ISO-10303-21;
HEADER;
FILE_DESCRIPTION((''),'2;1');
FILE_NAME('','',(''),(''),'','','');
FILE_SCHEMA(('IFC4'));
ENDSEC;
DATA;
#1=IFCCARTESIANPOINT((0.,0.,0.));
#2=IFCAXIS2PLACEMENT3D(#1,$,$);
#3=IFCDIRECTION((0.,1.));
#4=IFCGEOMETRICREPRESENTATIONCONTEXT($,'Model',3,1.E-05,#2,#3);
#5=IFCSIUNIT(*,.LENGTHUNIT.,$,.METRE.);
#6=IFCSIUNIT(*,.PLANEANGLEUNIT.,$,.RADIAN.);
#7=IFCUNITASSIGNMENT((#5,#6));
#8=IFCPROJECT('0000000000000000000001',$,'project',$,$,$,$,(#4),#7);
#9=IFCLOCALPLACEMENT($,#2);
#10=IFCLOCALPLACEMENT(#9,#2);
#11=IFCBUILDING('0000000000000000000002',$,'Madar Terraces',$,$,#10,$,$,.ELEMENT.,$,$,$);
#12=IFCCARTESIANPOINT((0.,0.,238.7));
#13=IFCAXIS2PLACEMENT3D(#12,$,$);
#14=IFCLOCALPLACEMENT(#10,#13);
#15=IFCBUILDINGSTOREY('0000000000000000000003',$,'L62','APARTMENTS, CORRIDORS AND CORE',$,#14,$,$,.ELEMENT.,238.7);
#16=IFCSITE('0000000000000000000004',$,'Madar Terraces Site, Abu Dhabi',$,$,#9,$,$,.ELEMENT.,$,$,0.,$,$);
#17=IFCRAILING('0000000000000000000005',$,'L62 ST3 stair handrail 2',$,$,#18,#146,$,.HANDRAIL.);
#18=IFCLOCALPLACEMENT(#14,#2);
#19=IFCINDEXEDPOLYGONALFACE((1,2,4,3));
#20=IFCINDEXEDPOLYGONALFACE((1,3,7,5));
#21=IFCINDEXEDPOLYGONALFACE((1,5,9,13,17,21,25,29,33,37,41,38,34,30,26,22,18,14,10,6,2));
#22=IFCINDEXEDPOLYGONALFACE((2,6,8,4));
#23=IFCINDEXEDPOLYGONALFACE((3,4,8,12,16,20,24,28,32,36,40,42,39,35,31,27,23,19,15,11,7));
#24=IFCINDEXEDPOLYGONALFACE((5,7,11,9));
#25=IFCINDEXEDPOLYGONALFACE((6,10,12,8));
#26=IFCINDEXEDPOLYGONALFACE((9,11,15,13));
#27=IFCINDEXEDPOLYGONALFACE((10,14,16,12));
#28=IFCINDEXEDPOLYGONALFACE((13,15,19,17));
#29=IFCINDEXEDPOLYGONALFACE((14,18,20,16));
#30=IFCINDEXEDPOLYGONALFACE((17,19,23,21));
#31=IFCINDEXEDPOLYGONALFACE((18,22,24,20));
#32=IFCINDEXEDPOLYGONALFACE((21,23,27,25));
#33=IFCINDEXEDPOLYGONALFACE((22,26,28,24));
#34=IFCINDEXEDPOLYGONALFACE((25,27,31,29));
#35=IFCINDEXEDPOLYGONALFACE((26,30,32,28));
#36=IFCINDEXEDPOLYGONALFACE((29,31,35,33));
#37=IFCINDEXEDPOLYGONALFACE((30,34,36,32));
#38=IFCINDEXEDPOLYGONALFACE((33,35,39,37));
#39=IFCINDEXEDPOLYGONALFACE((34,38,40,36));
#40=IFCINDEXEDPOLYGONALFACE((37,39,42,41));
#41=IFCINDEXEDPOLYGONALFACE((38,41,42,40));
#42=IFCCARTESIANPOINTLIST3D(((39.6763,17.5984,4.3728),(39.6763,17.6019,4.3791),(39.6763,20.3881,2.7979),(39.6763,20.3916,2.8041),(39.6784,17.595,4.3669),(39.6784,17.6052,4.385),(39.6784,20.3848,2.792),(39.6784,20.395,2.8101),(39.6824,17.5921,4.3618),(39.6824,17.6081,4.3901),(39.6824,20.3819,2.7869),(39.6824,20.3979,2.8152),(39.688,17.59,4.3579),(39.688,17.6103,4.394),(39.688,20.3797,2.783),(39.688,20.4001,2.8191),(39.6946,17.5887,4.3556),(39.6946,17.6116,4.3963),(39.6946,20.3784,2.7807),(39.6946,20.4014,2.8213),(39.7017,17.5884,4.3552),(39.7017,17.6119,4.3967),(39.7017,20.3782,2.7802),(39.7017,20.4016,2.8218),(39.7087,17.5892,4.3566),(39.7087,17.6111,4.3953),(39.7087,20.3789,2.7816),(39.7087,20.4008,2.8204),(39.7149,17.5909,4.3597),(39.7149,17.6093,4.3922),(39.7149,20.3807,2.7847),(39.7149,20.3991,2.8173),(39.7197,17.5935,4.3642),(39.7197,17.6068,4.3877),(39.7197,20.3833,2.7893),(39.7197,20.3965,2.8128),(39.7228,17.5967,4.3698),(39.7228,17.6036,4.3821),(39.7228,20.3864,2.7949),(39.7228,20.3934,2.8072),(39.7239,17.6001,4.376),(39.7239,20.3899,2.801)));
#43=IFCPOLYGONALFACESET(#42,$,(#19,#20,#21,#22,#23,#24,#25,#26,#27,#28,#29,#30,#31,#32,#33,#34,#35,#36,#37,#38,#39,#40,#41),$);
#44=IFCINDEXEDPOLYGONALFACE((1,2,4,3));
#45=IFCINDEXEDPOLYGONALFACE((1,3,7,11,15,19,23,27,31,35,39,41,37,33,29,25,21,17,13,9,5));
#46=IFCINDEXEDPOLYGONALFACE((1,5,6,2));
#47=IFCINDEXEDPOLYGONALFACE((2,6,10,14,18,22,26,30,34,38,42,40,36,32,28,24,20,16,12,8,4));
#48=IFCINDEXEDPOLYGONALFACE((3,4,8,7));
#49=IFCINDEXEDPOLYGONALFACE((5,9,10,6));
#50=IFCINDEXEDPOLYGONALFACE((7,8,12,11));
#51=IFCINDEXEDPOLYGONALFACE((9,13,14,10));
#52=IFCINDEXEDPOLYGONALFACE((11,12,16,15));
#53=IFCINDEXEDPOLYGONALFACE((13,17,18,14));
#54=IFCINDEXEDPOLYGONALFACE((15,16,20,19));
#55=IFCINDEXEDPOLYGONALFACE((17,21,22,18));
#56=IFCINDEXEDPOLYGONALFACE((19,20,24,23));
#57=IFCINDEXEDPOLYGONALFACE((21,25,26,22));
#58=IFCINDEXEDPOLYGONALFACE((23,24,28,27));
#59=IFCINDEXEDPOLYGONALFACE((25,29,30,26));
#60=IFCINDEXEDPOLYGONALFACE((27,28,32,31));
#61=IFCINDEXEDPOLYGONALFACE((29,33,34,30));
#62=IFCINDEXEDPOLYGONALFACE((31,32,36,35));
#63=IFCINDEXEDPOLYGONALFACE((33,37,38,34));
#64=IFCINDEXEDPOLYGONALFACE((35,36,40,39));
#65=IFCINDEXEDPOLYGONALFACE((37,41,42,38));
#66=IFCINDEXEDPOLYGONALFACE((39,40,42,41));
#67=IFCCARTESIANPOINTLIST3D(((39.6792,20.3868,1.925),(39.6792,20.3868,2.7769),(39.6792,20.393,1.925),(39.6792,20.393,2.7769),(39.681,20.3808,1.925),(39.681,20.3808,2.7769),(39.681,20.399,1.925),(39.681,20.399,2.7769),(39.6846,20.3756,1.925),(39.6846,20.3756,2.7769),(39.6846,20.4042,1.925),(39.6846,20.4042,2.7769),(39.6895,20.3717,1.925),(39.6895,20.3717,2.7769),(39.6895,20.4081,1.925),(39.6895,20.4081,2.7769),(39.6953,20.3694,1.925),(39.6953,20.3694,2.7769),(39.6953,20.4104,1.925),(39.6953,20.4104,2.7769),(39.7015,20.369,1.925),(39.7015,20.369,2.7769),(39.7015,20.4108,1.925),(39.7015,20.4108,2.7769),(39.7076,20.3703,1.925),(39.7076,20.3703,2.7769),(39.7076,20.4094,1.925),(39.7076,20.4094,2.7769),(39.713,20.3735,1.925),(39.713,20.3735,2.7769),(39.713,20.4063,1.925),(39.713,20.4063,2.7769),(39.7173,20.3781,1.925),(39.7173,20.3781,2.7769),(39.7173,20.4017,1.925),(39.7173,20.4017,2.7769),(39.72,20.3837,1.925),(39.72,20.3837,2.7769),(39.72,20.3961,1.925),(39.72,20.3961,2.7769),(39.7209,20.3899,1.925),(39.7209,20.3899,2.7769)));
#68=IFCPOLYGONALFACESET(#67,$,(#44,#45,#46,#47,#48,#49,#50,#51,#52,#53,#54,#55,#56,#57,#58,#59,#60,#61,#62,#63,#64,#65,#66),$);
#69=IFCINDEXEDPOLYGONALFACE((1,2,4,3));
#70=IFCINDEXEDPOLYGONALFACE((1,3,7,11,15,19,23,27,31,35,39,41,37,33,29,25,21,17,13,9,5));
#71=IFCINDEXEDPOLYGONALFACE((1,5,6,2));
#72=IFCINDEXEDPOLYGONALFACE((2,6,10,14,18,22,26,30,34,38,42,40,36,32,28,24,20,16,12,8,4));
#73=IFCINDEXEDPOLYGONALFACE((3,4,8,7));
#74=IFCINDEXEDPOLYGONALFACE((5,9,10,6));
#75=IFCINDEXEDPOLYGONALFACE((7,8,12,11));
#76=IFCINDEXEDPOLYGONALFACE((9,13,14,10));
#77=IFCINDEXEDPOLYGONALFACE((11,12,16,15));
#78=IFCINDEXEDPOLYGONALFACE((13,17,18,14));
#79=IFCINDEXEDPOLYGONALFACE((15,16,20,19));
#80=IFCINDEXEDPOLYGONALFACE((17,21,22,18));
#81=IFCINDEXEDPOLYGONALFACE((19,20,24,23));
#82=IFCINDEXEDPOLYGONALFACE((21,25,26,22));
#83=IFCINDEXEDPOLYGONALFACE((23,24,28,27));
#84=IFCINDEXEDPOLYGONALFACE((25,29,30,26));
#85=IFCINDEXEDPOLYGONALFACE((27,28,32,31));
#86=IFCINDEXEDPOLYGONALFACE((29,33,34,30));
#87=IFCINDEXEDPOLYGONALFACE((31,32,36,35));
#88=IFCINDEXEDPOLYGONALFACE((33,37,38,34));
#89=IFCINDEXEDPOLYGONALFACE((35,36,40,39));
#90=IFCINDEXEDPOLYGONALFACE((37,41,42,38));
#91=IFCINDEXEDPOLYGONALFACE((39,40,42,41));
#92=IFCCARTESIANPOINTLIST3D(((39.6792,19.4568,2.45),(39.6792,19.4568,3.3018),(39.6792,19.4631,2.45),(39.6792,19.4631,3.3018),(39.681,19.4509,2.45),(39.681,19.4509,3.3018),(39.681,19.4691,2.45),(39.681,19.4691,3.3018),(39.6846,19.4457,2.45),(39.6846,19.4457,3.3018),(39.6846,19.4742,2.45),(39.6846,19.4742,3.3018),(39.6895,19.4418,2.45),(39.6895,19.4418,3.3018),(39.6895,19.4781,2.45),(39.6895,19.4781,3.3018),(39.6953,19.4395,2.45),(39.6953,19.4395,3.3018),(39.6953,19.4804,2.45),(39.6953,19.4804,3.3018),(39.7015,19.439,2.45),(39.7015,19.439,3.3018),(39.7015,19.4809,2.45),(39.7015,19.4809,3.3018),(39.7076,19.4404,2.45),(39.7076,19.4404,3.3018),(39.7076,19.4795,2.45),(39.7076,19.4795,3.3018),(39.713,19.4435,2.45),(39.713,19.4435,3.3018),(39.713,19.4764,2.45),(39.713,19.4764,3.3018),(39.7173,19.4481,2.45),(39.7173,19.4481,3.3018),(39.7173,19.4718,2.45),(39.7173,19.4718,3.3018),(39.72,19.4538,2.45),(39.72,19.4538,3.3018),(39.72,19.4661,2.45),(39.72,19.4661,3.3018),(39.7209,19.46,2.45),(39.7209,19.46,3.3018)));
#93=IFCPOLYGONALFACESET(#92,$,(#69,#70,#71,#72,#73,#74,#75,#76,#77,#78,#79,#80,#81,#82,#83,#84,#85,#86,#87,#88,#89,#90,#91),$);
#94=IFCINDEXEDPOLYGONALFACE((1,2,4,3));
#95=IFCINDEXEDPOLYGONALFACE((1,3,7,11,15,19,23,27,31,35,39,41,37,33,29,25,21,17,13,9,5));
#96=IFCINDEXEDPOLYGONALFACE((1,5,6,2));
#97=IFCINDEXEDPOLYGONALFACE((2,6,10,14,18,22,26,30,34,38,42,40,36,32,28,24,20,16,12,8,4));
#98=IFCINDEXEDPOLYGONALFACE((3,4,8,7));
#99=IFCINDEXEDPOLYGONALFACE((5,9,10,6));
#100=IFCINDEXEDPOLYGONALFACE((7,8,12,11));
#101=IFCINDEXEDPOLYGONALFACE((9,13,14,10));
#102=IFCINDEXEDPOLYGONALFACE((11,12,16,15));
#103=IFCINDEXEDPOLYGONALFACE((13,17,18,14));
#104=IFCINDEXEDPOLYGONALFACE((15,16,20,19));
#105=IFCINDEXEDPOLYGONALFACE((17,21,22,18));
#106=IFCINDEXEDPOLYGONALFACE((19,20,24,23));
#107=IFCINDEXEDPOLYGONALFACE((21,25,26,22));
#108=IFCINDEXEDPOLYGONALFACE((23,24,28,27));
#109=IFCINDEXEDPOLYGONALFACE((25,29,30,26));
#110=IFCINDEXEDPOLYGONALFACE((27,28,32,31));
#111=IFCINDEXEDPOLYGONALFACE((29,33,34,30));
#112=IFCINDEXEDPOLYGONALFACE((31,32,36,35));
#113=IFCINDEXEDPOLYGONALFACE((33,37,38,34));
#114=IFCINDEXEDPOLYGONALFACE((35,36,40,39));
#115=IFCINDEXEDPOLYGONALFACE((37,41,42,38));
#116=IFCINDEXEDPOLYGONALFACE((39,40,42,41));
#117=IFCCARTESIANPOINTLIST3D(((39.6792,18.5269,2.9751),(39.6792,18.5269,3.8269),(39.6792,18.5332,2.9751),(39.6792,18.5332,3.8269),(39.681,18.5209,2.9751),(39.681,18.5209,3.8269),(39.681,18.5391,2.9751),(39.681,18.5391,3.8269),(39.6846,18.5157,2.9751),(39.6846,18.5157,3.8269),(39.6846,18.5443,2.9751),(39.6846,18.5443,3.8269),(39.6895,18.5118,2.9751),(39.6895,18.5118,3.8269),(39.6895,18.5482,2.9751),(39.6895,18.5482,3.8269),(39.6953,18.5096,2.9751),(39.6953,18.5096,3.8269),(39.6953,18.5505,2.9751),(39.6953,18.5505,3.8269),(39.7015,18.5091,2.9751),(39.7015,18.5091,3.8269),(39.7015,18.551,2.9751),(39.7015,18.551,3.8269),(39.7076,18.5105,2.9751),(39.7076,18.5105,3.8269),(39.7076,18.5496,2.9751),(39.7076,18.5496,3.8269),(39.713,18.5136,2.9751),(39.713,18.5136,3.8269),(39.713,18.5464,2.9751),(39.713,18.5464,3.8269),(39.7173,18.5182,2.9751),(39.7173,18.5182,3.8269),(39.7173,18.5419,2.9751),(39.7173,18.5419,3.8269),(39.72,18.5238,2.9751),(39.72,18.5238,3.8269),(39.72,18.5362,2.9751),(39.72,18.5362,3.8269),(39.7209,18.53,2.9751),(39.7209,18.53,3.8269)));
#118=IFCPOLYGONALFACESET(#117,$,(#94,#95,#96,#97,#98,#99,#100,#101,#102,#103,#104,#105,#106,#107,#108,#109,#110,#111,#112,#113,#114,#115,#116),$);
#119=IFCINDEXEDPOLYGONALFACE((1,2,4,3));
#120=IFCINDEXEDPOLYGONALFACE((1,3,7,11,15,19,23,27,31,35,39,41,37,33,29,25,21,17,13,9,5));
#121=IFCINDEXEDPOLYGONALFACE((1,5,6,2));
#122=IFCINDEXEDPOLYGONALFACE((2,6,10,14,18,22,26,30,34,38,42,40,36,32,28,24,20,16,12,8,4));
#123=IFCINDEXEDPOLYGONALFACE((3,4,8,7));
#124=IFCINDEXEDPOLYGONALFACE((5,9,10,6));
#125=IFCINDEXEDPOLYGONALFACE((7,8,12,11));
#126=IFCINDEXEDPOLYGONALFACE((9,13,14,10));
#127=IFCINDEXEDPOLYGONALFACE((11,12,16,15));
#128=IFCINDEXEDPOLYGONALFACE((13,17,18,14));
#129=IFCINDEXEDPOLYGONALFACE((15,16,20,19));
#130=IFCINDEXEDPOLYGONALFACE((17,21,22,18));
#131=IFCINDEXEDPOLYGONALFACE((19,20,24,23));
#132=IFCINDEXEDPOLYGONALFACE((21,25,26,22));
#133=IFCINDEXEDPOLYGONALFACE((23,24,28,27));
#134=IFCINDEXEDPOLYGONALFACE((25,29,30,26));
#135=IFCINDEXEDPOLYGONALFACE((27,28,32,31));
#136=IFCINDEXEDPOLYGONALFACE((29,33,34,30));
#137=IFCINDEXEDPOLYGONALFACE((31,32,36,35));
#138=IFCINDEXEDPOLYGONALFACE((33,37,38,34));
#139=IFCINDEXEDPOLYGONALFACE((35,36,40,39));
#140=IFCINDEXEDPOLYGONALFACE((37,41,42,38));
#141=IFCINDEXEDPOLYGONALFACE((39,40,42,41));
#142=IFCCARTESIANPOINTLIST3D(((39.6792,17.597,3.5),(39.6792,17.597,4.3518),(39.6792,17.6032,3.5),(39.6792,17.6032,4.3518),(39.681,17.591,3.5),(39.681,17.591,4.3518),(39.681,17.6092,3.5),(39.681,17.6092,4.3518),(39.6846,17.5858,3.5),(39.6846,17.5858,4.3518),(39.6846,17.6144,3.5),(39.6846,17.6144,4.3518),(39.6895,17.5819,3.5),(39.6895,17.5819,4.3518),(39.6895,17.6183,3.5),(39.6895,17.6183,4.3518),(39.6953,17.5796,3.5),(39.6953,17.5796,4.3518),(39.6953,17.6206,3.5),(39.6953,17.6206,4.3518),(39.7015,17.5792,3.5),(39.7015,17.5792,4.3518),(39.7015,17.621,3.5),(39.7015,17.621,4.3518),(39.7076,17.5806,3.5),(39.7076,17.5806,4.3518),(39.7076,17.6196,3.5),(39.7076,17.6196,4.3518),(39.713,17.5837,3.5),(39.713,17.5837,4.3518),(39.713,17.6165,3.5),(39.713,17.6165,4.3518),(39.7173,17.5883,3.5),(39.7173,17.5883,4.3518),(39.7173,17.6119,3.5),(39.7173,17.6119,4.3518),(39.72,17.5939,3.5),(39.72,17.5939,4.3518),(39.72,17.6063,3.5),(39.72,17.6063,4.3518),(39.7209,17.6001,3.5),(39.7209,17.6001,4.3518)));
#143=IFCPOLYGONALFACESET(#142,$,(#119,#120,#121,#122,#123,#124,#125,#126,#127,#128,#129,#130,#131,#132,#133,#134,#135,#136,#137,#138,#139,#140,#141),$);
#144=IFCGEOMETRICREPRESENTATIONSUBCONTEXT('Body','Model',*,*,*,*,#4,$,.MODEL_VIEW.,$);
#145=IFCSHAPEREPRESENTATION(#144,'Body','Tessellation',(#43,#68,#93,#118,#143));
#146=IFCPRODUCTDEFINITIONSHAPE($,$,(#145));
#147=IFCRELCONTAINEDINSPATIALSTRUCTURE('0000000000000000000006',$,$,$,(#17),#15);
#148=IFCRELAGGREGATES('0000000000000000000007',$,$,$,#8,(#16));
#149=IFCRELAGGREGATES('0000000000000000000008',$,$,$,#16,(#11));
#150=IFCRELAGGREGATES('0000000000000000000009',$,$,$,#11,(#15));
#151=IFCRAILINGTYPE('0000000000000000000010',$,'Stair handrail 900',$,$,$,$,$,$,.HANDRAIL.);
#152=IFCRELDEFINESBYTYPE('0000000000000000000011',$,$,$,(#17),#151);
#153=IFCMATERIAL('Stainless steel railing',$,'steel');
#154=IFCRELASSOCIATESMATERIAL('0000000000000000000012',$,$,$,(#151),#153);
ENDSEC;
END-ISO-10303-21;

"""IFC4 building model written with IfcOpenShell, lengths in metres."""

from ifc_helpers import new_model, si_unit, direction, frame, origin, origin_2d, place, context, subcontext, project, spatial, circle, extrude, material, type_object, element, save


model = new_model("IFC4")

# Units and contexts
model_context = context("Model", 3, precision=1e-05, world=origin(), true_north=direction((0.0, 1.0)))
body_context = subcontext(model_context, "Body", "Model", "MODEL_VIEW")
ifc_project = project(units=[si_unit("LENGTHUNIT", "METRE"), si_unit("PLANEANGLEUNIT", "RADIAN")], contexts=[model_context])

# Site, building, storey
site_placement = place(None, origin())
site = spatial("IfcSite", under=ifc_project, at=site_placement, Name="Madar Terraces Site, Abu Dhabi", CompositionType="ELEMENT", RefElevation=0.0)
building_placement = place(site_placement, origin())
building = spatial("IfcBuilding", under=site, at=building_placement, Name="Madar Terraces", CompositionType="ELEMENT")
storey_placement = place(building_placement, frame((0.0, 0.0, 238.7)))
storey = spatial("IfcBuildingStorey", under=building, at=storey_placement, Name="L62", Description="APARTMENTS, CORRIDORS AND CORE", CompositionType="ELEMENT", Elevation=238.7)

# Railing
ifc_material_1 = material(Name="Stainless steel railing", Category="steel")
railing_type_1 = type_object("IfcRailingType", Name="Stair handrail 900", PredefinedType="HANDRAIL", material=ifc_material_1)
railing_1_placement = place(storey_placement, frame((39.7, 20.3899, 1.925)))
element("IfcRailing", 1, at=railing_1_placement, inside=storey, type_object=railing_type_1, Name="L62 ST3 stair handrail 2", PredefinedType="HANDRAIL", context=body_context, shape_type="SweptSolid", body=[
    extrude(circle(Radius=0.0239, at=origin_2d()), frame((0.0, 0.0, 0.876), z_axis=(0.0, -0.870815, 0.49161), x_axis=(1.0, 0.0, 0.0)), (0.0, 0.0, 1.0), 3.2036),
    extrude(circle(Radius=0.021, at=origin_2d()), origin(), (0.0, 0.0, 1.0), 0.8518),
    extrude(circle(Radius=0.021, at=origin_2d()), frame((0.0, -0.9299, 0.5249)), (0.0, 0.0, 1.0), 0.8518),
    extrude(circle(Radius=0.021, at=origin_2d()), frame((0.0, -1.8599, 1.05)), (0.0, 0.0, 1.0), 0.8518),
    extrude(circle(Radius=0.021, at=origin_2d()), frame((0.0, -2.7898, 1.575)), (0.0, 0.0, 1.0), 0.8518),
])

save(model, "model.ifc")
